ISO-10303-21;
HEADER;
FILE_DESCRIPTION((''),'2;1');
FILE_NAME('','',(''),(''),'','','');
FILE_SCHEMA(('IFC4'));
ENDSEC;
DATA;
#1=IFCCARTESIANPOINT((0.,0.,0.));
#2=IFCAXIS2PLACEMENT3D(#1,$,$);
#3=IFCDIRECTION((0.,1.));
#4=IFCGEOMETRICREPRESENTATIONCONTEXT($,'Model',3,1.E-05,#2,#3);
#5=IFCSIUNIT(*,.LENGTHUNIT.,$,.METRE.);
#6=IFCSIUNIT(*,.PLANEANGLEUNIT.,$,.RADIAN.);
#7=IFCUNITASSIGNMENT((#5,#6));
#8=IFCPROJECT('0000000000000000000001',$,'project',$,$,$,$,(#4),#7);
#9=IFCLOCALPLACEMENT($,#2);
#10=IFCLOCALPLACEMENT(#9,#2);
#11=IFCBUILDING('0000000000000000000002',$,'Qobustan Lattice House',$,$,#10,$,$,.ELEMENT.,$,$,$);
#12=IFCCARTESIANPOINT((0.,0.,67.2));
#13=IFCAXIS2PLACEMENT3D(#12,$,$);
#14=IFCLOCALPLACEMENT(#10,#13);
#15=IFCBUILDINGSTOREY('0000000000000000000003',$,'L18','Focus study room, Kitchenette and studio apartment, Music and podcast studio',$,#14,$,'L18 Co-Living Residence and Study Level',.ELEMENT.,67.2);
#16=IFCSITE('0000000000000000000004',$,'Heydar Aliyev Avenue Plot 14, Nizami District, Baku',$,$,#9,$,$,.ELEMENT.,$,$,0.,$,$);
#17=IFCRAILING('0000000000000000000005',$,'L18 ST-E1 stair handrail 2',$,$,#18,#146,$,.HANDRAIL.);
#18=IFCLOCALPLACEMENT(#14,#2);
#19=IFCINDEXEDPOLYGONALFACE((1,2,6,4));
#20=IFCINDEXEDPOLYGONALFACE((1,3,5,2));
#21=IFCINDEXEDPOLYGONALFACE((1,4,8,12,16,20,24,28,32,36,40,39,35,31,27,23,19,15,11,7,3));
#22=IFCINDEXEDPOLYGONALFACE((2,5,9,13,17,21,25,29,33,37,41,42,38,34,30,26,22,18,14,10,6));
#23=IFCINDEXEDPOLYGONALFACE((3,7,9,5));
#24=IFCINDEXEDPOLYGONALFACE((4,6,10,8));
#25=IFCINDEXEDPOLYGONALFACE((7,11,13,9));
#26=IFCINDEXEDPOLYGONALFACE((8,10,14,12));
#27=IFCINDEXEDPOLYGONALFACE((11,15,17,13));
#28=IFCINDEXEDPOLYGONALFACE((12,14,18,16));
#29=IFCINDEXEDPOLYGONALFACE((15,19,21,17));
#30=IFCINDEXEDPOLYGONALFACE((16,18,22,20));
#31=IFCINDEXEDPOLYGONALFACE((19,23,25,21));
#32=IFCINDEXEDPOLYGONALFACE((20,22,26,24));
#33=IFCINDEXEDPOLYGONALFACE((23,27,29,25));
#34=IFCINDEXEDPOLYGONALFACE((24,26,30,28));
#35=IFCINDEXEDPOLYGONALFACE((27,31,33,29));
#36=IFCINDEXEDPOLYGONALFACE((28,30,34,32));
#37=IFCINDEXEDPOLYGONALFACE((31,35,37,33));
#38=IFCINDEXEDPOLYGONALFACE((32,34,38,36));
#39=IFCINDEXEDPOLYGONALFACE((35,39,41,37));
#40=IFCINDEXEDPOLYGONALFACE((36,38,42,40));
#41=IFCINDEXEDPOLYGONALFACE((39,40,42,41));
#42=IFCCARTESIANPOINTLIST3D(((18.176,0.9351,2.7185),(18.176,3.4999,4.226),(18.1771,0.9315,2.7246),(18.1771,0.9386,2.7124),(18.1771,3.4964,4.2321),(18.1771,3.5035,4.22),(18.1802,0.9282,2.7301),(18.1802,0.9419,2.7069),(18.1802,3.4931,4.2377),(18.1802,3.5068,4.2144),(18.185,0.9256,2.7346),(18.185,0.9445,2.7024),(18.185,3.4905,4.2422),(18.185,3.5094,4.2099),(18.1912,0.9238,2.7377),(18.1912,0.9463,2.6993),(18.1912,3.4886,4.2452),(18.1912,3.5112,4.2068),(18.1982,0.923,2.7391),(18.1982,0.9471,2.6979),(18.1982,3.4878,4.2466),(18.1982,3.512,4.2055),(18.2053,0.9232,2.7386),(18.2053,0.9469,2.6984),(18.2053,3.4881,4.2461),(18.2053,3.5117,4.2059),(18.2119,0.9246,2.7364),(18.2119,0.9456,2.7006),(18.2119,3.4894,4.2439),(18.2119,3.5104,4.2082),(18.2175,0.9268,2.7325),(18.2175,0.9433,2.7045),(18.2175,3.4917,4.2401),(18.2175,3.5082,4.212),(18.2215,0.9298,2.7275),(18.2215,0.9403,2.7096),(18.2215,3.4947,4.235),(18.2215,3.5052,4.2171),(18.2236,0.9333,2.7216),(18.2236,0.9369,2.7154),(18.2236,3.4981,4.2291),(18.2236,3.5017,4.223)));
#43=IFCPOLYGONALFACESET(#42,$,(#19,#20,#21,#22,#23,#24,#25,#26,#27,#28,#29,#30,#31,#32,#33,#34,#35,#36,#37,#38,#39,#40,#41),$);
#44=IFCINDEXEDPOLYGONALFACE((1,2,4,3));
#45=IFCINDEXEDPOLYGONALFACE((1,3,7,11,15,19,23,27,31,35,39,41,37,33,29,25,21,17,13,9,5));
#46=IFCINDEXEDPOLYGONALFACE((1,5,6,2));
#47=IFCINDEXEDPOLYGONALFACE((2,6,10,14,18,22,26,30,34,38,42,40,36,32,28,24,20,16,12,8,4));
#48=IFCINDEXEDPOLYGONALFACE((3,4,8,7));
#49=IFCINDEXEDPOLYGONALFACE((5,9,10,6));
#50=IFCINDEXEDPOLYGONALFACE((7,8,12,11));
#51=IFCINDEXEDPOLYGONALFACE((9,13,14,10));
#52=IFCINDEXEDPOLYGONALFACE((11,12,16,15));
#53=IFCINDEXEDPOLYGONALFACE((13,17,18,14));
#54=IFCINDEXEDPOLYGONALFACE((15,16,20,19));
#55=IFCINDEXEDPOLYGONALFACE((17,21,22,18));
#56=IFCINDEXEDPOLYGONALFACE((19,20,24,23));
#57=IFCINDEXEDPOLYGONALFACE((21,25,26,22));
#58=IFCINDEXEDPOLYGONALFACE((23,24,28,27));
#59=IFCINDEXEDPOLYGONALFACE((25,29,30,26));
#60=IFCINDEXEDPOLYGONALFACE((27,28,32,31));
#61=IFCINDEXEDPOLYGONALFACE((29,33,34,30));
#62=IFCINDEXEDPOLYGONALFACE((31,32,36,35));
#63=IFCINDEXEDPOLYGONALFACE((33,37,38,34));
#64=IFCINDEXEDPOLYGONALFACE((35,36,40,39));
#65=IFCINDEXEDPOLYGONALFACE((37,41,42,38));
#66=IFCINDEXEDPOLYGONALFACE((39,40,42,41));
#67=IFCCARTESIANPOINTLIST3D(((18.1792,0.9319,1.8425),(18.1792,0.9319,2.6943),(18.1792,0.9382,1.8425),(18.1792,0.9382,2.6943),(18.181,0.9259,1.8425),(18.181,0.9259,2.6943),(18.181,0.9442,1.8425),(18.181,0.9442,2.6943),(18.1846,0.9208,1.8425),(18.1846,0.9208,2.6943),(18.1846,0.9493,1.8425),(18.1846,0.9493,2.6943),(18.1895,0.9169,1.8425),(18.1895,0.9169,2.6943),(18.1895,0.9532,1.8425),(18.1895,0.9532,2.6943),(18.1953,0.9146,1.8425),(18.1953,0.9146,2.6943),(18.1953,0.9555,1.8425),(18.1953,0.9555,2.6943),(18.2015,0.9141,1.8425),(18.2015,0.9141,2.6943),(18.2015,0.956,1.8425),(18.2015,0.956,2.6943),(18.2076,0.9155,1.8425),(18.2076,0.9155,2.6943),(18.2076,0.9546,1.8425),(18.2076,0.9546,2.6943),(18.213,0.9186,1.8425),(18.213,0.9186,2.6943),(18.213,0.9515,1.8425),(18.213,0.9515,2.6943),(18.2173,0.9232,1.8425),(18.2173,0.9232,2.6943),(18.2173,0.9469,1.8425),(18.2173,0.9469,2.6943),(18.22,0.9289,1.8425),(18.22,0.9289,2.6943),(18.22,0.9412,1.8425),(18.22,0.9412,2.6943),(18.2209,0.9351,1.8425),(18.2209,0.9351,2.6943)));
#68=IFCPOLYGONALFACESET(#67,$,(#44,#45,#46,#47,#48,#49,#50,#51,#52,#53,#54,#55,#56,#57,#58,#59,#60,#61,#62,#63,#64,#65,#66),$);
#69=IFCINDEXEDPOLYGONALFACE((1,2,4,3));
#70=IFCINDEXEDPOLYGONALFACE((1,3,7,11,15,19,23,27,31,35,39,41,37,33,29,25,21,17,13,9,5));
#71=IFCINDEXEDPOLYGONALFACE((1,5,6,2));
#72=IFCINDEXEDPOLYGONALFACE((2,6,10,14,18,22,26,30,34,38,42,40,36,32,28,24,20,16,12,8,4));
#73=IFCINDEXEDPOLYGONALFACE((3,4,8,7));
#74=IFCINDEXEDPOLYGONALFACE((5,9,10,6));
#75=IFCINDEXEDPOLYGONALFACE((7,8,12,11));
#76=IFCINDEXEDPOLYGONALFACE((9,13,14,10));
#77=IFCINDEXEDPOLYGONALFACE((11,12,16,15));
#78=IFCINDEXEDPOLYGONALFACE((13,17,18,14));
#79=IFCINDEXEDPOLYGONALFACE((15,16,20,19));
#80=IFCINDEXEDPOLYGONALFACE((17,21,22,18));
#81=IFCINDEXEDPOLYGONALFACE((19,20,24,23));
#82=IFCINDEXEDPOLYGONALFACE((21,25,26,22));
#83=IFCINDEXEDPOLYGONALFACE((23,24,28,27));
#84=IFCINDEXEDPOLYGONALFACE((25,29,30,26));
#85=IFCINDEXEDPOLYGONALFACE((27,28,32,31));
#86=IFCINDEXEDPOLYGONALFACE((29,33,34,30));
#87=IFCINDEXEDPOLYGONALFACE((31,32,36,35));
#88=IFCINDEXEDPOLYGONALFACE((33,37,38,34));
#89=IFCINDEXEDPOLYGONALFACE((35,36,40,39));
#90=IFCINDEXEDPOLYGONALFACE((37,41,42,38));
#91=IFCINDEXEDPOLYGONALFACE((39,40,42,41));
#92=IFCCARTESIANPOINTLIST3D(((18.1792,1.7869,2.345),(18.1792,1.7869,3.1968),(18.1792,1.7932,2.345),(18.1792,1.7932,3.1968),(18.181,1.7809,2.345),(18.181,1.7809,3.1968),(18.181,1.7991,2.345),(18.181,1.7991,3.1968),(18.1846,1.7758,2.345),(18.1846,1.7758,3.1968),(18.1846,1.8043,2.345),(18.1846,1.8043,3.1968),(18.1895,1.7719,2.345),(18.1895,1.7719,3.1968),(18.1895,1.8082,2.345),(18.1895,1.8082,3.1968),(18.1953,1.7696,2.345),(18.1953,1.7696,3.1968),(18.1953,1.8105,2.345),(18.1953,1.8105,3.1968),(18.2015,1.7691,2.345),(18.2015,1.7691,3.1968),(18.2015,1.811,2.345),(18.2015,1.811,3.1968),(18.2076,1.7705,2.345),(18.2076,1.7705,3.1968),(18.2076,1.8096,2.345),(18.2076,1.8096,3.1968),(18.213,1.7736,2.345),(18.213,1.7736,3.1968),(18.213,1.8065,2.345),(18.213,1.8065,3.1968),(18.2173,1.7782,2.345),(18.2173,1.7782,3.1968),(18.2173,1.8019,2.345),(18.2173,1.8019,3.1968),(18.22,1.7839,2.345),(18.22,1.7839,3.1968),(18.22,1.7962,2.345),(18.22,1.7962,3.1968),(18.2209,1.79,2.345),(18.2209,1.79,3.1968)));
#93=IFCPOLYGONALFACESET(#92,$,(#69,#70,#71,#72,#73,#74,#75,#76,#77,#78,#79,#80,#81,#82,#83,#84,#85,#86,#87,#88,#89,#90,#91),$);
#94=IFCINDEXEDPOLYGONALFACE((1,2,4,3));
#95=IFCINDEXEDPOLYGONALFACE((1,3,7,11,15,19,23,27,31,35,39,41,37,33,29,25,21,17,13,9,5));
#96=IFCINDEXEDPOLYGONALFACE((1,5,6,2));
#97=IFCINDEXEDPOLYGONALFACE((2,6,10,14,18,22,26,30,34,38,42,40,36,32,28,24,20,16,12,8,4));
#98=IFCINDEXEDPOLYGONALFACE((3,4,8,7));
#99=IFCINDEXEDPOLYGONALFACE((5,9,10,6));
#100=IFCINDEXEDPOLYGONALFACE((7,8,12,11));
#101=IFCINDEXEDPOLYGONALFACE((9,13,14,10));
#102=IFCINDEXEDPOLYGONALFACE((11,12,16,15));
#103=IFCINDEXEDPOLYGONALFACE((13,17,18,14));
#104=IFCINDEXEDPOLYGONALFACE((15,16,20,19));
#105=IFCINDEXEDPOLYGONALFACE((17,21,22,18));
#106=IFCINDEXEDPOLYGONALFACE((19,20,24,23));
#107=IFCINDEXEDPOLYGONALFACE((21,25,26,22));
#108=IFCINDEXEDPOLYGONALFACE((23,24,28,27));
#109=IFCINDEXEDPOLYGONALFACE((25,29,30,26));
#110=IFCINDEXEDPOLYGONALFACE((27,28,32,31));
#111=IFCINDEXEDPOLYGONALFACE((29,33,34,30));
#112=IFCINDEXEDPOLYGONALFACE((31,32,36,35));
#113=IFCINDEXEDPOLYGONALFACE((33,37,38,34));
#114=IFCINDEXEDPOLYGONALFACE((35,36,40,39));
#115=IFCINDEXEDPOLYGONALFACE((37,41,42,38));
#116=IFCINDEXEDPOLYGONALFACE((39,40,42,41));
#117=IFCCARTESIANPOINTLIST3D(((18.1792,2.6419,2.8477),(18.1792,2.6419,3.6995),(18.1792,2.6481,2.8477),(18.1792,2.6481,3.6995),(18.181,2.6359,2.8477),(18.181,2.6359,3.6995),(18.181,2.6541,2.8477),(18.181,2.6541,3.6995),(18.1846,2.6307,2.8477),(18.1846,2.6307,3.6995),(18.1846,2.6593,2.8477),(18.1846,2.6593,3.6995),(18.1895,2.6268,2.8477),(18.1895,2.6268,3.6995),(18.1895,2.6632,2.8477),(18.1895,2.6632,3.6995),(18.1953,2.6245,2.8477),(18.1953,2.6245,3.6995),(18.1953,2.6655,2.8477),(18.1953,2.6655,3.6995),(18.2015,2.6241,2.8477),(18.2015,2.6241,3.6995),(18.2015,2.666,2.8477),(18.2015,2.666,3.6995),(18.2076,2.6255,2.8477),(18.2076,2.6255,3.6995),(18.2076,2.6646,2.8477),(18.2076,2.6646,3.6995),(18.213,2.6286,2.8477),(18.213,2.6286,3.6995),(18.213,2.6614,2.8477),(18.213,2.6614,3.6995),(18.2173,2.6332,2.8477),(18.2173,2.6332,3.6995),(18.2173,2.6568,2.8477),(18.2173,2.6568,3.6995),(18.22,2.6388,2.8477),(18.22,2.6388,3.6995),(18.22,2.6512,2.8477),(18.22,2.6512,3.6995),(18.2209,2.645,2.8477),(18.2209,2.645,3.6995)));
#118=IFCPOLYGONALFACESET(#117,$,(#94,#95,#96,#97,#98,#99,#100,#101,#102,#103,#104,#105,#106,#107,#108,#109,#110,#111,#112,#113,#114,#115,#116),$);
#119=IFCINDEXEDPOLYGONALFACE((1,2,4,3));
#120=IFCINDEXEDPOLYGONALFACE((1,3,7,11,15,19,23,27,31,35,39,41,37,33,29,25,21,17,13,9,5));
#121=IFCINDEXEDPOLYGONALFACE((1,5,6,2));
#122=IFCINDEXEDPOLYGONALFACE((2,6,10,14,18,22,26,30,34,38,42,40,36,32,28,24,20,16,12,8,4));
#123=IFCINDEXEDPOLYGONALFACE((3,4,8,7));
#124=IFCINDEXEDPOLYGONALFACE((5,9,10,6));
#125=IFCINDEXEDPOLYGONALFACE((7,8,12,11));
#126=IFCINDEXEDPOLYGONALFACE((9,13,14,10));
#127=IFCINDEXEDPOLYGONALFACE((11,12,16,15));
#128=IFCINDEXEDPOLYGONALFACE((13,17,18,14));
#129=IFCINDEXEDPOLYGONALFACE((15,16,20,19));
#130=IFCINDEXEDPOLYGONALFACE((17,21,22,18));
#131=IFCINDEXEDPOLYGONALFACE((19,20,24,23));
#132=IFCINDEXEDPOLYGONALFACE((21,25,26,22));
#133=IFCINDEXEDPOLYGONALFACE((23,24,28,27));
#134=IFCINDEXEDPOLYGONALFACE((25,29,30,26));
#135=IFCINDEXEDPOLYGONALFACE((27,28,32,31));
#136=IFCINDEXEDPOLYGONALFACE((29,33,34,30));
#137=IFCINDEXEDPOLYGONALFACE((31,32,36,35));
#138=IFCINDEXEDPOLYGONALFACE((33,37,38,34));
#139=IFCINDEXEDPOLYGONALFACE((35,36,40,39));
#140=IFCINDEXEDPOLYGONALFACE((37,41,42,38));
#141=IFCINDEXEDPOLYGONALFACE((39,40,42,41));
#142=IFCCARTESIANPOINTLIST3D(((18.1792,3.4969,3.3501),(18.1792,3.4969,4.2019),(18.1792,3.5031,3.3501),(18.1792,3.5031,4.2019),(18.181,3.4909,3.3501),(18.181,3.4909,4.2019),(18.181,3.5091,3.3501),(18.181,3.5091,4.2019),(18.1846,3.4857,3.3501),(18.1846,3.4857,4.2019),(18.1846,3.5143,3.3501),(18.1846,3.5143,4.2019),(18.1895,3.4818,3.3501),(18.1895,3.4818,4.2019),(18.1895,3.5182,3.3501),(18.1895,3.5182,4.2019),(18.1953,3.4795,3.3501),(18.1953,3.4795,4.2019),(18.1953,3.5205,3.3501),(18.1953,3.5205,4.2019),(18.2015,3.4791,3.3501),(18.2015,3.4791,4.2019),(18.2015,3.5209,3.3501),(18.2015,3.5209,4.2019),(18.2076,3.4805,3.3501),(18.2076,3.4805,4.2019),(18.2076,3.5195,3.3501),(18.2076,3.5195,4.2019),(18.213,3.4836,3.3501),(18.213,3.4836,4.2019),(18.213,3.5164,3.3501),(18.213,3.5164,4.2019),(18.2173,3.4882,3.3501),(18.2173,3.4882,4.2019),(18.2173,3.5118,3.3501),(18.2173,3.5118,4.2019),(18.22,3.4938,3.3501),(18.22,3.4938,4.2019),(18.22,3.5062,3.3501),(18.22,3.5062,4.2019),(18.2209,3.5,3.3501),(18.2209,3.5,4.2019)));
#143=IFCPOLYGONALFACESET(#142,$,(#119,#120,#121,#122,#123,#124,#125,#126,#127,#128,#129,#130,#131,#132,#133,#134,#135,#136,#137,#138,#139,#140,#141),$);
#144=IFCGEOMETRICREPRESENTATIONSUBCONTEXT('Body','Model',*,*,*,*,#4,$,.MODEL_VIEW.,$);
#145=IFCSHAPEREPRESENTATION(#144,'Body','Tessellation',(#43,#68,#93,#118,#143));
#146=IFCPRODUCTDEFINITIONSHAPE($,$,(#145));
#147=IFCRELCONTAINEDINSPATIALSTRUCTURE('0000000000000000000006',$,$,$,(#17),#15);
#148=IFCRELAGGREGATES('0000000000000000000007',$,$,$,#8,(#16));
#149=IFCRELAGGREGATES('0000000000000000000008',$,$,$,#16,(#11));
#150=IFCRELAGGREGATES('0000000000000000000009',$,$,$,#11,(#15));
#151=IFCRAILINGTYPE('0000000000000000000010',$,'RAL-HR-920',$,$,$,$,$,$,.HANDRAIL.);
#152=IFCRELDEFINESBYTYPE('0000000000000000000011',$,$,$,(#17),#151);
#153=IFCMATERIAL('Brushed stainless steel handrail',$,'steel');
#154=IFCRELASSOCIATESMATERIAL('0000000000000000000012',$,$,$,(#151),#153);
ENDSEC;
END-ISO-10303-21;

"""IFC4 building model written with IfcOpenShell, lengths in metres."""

from ifc_helpers import new_model, si_unit, direction, frame, origin, origin_2d, place, context, subcontext, project, spatial, circle, extrude, material, type_object, element, save


model = new_model("IFC4")

# Units and contexts
model_context = context("Model", 3, precision=1e-05, world=origin(), true_north=direction((0.0, 1.0)))
body_context = subcontext(model_context, "Body", "Model", "MODEL_VIEW")
ifc_project = project(units=[si_unit("LENGTHUNIT", "METRE"), si_unit("PLANEANGLEUNIT", "RADIAN")], contexts=[model_context])

# Site, building, storey
site_placement = place(None, origin())
site = spatial("IfcSite", under=ifc_project, at=site_placement, Name="Heydar Aliyev Avenue Plot 14, Nizami District, Baku", CompositionType="ELEMENT", RefElevation=0.0)
building_placement = place(site_placement, origin())
building = spatial("IfcBuilding", under=site, at=building_placement, Name="Qobustan Lattice House", CompositionType="ELEMENT")
storey_placement = place(building_placement, frame((0.0, 0.0, 67.2)))
storey = spatial("IfcBuildingStorey", under=building, at=storey_placement, Name="L18", Description="Focus study room, Kitchenette and studio apartment, Music and podcast studio", LongName="L18 Co-Living Residence and Study Level", CompositionType="ELEMENT", Elevation=67.2)

# Railing
ifc_material_1 = material(Name="Brushed stainless steel handrail", Category="steel")
railing_type_1 = type_object("IfcRailingType", Name="RAL-HR-920", PredefinedType="HANDRAIL", material=ifc_material_1)
railing_1_placement = place(storey_placement, frame((18.2, 0.9351, 1.8425)))
element("IfcRailing", 1, at=railing_1_placement, inside=storey, type_object=railing_type_1, Name="L18 ST-E1 stair handrail 2", PredefinedType="HANDRAIL", context=body_context, shape_type="SweptSolid", body=[
    extrude(circle(Radius=0.0239, at=origin_2d()), frame((0.0, 0.0, 0.876), z_axis=(0.0, 0.862113, 0.506715), x_axis=(-1.0, 0.0, 0.0)), (0.0, 0.0, 1.0), 2.9751),
    extrude(circle(Radius=0.021, at=origin_2d()), origin(), (0.0, 0.0, 1.0), 0.8518),
    extrude(circle(Radius=0.021, at=origin_2d()), frame((0.0, 0.855, 0.5024)), (0.0, 0.0, 1.0), 0.8518),
    extrude(circle(Radius=0.021, at=origin_2d()), frame((0.0, 1.71, 1.0051)), (0.0, 0.0, 1.0), 0.8518),
    extrude(circle(Radius=0.021, at=origin_2d()), frame((0.0, 2.5649, 1.5076)), (0.0, 0.0, 1.0), 0.8518),
])

save(model, "model.ifc")
